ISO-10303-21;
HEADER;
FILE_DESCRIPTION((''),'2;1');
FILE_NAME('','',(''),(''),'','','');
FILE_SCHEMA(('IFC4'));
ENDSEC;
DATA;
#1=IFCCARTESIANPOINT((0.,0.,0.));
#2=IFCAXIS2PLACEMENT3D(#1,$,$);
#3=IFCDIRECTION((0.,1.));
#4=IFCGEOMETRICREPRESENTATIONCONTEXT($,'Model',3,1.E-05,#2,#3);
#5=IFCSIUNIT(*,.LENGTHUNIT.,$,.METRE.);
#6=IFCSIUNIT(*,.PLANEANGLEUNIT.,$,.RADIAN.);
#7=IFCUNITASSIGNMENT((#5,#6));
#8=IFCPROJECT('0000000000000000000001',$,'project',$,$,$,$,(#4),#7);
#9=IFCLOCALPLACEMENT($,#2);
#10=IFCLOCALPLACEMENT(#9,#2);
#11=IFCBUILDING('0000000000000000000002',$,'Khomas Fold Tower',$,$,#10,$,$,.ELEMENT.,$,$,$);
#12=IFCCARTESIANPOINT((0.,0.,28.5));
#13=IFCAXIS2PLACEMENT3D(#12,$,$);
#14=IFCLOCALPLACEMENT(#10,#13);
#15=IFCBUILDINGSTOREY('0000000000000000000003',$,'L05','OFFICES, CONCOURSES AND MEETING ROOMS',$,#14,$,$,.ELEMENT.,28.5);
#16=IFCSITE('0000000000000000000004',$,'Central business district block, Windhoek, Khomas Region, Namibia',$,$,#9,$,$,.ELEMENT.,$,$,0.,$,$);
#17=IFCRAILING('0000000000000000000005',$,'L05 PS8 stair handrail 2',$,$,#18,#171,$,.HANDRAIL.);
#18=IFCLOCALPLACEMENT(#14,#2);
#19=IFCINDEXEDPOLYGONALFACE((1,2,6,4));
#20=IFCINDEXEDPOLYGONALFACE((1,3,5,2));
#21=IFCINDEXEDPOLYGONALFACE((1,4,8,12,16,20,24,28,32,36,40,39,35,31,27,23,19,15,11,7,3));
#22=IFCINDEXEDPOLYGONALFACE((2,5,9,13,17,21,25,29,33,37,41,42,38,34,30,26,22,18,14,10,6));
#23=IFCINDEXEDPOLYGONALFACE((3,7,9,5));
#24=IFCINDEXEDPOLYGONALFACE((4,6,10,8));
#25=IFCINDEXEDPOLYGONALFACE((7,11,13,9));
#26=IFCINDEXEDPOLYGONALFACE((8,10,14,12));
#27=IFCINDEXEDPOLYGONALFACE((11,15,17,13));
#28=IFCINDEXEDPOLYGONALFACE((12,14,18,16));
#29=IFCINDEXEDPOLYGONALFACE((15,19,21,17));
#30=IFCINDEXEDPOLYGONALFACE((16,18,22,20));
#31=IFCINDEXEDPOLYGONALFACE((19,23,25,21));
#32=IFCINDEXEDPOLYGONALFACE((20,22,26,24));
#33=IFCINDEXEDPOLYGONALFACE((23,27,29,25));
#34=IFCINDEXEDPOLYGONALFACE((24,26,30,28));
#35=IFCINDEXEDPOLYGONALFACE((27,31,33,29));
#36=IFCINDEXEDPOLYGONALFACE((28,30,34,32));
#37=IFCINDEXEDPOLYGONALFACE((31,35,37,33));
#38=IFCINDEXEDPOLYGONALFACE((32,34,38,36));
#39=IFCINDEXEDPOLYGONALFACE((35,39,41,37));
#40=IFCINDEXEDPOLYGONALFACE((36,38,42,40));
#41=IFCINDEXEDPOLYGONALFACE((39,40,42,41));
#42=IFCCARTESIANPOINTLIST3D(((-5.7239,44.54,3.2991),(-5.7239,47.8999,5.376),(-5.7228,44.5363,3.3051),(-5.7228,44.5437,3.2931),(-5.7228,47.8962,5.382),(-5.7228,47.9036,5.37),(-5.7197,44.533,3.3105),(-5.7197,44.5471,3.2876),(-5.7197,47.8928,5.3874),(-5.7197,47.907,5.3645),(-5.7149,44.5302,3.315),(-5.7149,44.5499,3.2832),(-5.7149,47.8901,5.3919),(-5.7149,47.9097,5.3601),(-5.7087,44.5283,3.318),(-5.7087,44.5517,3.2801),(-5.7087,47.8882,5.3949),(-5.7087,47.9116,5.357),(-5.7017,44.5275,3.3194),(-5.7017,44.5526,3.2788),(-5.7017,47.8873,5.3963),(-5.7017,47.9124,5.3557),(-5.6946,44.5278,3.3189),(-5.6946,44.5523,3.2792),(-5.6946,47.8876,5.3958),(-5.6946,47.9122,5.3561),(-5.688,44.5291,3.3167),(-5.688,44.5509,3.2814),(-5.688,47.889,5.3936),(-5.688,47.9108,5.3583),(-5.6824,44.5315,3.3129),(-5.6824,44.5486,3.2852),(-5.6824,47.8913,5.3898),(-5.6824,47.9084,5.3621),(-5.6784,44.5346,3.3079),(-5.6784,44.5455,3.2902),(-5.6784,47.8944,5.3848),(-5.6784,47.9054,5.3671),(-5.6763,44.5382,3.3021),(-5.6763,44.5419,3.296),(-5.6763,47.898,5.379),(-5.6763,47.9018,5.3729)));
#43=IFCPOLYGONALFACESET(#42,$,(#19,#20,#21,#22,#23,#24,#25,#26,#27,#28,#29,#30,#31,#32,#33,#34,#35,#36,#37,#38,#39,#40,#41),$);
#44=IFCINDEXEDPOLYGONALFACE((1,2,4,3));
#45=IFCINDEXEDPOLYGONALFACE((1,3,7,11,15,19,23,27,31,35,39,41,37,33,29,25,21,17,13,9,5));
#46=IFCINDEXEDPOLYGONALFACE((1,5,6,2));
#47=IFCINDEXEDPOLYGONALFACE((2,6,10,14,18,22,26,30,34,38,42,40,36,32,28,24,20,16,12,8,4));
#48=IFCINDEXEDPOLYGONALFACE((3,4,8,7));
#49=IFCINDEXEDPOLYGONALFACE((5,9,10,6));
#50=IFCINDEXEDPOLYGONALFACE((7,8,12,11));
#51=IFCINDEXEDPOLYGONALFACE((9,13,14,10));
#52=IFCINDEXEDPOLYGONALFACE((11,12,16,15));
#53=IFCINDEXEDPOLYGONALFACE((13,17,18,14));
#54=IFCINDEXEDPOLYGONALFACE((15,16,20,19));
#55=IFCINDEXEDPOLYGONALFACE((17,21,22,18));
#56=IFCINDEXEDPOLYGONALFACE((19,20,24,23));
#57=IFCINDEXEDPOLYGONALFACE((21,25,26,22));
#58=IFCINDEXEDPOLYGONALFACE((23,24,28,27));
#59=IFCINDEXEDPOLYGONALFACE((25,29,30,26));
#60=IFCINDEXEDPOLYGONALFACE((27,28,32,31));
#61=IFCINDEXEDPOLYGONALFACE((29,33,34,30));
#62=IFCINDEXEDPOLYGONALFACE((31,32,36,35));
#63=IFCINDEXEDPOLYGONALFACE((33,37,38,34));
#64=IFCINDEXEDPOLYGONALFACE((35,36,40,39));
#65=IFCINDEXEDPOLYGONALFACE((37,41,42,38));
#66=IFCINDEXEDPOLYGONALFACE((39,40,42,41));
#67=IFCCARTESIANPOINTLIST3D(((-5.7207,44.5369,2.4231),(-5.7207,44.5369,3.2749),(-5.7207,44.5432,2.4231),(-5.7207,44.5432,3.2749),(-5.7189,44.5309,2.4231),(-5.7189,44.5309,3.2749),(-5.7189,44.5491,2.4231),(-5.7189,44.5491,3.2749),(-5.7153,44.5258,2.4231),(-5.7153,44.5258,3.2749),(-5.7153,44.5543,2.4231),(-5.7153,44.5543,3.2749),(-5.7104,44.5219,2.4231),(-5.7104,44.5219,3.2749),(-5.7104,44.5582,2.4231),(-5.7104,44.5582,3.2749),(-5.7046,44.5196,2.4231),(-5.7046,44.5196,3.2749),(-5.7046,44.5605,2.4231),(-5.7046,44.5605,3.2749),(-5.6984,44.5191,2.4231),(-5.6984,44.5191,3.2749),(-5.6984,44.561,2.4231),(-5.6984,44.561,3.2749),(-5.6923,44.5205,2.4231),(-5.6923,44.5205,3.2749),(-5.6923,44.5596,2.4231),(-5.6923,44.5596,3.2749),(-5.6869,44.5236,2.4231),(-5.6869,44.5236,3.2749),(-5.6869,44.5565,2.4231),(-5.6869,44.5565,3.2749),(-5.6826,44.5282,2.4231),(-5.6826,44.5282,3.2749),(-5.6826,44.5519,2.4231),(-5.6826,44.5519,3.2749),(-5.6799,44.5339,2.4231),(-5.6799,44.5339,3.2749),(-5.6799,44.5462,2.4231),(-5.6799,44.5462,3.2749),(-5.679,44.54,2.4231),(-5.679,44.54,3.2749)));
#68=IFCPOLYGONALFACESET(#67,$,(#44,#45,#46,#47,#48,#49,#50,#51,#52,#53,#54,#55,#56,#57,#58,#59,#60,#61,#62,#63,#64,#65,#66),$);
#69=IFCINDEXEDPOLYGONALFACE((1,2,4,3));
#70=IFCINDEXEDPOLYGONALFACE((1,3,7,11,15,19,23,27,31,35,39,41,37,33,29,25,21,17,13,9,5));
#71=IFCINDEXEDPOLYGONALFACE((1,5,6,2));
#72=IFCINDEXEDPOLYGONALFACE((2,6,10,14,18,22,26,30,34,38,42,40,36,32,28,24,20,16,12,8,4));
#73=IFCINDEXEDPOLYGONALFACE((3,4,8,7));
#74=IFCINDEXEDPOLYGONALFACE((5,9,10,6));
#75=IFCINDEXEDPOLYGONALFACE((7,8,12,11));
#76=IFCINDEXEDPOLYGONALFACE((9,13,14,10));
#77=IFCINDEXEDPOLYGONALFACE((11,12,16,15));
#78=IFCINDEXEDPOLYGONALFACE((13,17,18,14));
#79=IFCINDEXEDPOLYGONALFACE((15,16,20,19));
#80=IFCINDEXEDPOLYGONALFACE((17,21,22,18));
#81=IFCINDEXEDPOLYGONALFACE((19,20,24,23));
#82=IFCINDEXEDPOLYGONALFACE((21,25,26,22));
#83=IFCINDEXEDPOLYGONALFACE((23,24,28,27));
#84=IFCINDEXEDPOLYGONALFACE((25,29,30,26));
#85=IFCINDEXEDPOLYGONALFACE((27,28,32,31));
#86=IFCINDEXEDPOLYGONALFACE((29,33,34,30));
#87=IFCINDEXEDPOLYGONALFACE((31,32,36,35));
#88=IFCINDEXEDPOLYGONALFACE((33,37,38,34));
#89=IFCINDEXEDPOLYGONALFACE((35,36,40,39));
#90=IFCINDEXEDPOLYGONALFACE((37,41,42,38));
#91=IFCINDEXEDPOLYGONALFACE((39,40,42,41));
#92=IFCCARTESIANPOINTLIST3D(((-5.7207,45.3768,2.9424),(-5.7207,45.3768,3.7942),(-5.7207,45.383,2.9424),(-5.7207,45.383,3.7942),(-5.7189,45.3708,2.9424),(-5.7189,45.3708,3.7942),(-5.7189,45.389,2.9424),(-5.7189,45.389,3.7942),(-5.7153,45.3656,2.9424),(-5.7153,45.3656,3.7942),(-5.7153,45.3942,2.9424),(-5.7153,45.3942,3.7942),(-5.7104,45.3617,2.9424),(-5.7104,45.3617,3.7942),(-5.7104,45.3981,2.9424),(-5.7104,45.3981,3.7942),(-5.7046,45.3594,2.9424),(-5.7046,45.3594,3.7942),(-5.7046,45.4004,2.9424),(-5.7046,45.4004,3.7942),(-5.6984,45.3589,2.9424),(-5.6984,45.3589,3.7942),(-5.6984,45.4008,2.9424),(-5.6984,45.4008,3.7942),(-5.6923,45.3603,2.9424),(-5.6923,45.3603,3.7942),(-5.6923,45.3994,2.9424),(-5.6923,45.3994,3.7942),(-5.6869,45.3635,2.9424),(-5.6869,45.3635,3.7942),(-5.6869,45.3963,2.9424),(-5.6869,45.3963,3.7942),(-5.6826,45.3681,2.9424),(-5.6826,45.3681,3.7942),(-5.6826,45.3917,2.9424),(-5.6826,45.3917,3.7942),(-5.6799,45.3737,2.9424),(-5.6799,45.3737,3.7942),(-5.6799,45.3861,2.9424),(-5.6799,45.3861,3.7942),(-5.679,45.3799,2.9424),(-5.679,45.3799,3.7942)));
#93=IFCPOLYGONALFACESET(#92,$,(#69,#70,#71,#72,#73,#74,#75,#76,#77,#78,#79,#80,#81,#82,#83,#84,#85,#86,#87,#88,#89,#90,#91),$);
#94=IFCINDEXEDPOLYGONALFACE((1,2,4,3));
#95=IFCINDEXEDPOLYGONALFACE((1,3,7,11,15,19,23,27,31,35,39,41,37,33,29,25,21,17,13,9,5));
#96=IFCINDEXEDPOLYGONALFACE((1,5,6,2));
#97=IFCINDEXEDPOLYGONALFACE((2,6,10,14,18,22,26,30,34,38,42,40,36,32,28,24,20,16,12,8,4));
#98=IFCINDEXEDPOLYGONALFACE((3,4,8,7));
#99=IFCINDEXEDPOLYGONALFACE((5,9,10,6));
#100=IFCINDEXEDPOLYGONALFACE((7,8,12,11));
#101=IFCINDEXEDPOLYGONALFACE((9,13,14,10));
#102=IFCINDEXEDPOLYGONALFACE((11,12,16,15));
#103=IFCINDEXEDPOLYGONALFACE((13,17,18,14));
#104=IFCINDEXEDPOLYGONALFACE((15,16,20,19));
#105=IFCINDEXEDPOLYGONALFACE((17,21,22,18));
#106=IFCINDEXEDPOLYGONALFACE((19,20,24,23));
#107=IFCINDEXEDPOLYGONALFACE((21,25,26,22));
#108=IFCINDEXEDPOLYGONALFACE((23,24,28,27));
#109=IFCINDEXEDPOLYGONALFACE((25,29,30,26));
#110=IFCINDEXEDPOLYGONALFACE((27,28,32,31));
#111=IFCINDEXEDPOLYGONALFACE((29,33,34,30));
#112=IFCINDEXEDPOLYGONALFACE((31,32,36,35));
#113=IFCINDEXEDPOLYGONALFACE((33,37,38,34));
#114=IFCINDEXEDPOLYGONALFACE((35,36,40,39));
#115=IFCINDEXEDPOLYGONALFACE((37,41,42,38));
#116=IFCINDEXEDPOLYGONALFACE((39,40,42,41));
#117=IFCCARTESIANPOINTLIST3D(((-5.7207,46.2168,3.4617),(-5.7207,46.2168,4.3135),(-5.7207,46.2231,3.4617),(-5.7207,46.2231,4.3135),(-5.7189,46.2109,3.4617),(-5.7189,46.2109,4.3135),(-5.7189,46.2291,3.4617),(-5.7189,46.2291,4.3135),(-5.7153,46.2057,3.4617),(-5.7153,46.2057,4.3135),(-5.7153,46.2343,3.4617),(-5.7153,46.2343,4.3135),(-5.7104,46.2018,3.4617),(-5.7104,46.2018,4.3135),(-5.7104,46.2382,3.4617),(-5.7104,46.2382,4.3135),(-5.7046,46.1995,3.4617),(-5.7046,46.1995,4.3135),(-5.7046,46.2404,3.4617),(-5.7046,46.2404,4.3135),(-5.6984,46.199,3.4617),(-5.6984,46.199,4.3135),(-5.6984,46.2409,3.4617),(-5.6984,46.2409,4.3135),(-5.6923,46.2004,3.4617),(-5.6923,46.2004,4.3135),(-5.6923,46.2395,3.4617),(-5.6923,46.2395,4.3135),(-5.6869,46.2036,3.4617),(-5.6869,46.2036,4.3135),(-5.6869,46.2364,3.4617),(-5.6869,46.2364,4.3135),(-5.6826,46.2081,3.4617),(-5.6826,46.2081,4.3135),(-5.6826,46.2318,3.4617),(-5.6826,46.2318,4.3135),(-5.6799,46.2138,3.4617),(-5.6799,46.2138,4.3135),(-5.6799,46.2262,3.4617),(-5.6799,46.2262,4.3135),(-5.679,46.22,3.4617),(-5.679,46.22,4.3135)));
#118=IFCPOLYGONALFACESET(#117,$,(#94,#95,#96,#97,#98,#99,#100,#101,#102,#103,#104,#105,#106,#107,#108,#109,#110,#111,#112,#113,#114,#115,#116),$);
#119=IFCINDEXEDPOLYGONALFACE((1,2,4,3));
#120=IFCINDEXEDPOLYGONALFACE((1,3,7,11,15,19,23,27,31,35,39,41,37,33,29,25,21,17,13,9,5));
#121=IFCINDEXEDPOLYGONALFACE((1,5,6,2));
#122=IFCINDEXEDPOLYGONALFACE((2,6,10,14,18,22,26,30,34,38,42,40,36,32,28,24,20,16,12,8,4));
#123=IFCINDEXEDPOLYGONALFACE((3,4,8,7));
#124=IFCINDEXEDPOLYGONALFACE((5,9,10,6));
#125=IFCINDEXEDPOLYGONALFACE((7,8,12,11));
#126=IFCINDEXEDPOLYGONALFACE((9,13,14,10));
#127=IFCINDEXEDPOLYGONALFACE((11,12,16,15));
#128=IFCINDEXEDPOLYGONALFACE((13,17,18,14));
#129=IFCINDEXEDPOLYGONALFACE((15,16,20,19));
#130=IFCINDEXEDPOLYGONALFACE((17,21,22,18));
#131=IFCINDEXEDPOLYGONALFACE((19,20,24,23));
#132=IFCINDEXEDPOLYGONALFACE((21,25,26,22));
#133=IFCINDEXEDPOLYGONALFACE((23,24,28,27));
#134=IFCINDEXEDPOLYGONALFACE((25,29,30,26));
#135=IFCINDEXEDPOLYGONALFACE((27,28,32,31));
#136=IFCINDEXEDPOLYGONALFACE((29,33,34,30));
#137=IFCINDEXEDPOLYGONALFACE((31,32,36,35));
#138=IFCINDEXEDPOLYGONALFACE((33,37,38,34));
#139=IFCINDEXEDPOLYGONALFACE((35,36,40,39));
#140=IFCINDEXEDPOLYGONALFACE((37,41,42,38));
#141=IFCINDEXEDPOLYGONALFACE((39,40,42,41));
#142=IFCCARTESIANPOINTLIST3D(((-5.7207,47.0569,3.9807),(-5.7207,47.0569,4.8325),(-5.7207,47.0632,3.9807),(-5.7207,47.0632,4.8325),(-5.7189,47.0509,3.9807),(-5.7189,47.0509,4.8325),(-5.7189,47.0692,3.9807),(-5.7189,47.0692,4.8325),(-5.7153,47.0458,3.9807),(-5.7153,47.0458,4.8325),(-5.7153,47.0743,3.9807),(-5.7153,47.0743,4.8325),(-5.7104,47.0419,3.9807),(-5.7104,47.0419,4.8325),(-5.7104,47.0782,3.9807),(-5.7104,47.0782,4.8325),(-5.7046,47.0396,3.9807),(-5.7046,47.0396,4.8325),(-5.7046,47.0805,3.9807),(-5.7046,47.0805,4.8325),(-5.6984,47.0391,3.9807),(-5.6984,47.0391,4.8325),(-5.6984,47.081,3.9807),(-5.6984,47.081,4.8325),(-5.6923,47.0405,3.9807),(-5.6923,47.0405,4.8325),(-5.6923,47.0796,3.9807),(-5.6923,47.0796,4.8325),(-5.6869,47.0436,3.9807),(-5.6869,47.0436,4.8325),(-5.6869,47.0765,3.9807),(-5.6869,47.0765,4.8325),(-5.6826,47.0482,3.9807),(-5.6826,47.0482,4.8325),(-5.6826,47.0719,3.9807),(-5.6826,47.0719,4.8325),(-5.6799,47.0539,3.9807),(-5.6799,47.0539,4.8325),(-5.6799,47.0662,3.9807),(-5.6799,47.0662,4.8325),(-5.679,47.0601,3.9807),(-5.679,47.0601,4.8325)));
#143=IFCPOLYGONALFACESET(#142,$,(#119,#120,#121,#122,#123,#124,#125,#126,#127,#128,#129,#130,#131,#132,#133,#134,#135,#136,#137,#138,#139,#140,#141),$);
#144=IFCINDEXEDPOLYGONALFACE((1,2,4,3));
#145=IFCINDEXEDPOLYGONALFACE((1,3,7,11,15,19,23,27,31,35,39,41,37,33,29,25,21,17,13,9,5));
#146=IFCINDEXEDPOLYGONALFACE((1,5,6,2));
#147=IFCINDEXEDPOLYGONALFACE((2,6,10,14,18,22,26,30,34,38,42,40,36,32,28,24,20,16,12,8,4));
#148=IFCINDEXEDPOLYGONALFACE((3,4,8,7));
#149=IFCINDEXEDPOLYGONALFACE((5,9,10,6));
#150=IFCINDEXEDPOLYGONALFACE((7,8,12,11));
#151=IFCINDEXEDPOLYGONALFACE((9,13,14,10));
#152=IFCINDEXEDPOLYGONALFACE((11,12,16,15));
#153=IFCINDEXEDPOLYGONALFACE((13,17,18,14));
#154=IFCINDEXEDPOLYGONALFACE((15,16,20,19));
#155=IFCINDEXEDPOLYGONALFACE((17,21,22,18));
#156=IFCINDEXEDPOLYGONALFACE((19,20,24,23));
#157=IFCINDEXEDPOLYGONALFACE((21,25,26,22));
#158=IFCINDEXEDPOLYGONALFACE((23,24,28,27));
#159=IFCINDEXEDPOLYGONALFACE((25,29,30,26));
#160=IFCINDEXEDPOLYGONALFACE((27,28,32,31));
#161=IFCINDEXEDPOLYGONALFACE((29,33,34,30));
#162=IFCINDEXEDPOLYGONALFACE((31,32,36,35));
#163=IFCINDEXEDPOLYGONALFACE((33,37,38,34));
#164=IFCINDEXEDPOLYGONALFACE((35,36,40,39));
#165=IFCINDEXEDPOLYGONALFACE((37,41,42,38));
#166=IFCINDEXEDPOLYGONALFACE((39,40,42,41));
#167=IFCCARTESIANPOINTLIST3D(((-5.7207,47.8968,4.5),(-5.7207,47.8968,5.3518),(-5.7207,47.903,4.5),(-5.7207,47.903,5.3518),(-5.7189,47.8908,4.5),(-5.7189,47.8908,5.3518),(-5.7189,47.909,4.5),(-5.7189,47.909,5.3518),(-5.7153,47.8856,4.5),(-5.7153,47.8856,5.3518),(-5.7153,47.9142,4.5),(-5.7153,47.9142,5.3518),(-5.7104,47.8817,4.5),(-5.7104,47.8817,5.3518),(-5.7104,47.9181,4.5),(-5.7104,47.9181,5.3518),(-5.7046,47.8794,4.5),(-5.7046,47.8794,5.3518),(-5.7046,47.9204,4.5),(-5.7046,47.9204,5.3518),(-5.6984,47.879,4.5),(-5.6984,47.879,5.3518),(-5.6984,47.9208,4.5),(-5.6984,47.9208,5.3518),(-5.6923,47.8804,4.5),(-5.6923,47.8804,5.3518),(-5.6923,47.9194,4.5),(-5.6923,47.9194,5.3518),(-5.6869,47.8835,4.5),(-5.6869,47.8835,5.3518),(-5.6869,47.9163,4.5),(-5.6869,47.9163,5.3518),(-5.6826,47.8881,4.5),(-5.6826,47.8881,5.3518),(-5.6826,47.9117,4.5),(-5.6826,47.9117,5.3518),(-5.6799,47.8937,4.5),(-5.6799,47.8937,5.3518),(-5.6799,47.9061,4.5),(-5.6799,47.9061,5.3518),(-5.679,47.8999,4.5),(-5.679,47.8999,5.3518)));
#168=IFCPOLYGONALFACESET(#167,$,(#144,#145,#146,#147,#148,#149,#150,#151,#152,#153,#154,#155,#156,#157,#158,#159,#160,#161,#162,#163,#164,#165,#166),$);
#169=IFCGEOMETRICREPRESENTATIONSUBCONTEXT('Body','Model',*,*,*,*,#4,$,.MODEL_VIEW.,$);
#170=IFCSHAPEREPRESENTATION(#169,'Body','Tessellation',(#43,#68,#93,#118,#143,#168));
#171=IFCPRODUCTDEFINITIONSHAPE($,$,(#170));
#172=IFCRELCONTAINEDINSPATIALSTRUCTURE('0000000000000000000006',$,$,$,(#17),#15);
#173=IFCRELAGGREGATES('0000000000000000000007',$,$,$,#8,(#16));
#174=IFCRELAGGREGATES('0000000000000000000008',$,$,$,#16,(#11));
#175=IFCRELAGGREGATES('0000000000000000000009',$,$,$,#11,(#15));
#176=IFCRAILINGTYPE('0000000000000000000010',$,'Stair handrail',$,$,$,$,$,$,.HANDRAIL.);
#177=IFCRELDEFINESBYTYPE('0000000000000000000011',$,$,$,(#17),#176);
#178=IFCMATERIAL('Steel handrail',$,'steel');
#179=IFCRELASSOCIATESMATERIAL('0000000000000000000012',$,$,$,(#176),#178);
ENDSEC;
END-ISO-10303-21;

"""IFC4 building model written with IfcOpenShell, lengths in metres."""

from ifc_helpers import new_model, si_unit, direction, frame, origin, origin_2d, place, context, subcontext, project, spatial, circle, extrude, source, transform, mapped, material, type_object, element, save


model = new_model("IFC4")

# Units and contexts
model_context = context("Model", 3, precision=1e-05, world=origin(), true_north=direction((0.0, 1.0)))
body_context = subcontext(model_context, "Body", "Model", "MODEL_VIEW")
ifc_project = project(units=[si_unit("LENGTHUNIT", "METRE"), si_unit("PLANEANGLEUNIT", "RADIAN")], contexts=[model_context])

# Site, building, storey
site_placement = place(None, origin())
site = spatial("IfcSite", under=ifc_project, at=site_placement, Name="Central business district block, Windhoek, Khomas Region, Namibia", CompositionType="ELEMENT", RefElevation=0.0)
building_placement = place(site_placement, origin())
building = spatial("IfcBuilding", under=site, at=building_placement, Name="Khomas Fold Tower", CompositionType="ELEMENT")
storey_placement = place(building_placement, frame((0.0, 0.0, 28.5)))
storey = spatial("IfcBuildingStorey", under=building, at=storey_placement, Name="L05", Description="OFFICES, CONCOURSES AND MEETING ROOMS", CompositionType="ELEMENT", Elevation=28.5)

# Railing
ifc_material_1 = material(Name="Steel handrail", Category="steel")
railing_type_1 = type_object("IfcRailingType", Name="Stair handrail", PredefinedType="HANDRAIL", material=ifc_material_1)
shared_shape_1 = source(origin(), body_context, "Body", "SweptSolid", [
    extrude(circle(Radius=0.0239, at=origin_2d()), frame((0.0, 0.0, 0.876), z_axis=(0.0, 0.850606, 0.525803), x_axis=(-1.0, 0.0, 0.0)), (0.0, 0.0, 1.0), 3.95),
    extrude(circle(Radius=0.021, at=origin_2d()), origin(), (0.0, 0.0, 1.0), 0.8518),
    extrude(circle(Radius=0.021, at=origin_2d()), frame((0.0, 0.8398, 0.5193)), (0.0, 0.0, 1.0), 0.8518),
    extrude(circle(Radius=0.021, at=origin_2d()), frame((0.0, 1.6799, 1.0386)), (0.0, 0.0, 1.0), 0.8518),
    extrude(circle(Radius=0.021, at=origin_2d()), frame((0.0, 2.52, 1.5576)), (0.0, 0.0, 1.0), 0.8518),
    extrude(circle(Radius=0.021, at=origin_2d()), frame((0.0, 3.3599, 2.0769)), (0.0, 0.0, 1.0), 0.8518),
])
railing_1_placement = place(storey_placement, frame((-5.7, 44.54, 2.4231)))
element("IfcRailing", 1, at=railing_1_placement, inside=storey, type_object=railing_type_1, Name="L05 PS8 stair handrail 2", PredefinedType="HANDRAIL", context=body_context, shape_type="MappedRepresentation", body=[
    mapped(shared_shape_1, transform((0.0, 0.0, 0.0))),
])

save(model, "model.ifc")
